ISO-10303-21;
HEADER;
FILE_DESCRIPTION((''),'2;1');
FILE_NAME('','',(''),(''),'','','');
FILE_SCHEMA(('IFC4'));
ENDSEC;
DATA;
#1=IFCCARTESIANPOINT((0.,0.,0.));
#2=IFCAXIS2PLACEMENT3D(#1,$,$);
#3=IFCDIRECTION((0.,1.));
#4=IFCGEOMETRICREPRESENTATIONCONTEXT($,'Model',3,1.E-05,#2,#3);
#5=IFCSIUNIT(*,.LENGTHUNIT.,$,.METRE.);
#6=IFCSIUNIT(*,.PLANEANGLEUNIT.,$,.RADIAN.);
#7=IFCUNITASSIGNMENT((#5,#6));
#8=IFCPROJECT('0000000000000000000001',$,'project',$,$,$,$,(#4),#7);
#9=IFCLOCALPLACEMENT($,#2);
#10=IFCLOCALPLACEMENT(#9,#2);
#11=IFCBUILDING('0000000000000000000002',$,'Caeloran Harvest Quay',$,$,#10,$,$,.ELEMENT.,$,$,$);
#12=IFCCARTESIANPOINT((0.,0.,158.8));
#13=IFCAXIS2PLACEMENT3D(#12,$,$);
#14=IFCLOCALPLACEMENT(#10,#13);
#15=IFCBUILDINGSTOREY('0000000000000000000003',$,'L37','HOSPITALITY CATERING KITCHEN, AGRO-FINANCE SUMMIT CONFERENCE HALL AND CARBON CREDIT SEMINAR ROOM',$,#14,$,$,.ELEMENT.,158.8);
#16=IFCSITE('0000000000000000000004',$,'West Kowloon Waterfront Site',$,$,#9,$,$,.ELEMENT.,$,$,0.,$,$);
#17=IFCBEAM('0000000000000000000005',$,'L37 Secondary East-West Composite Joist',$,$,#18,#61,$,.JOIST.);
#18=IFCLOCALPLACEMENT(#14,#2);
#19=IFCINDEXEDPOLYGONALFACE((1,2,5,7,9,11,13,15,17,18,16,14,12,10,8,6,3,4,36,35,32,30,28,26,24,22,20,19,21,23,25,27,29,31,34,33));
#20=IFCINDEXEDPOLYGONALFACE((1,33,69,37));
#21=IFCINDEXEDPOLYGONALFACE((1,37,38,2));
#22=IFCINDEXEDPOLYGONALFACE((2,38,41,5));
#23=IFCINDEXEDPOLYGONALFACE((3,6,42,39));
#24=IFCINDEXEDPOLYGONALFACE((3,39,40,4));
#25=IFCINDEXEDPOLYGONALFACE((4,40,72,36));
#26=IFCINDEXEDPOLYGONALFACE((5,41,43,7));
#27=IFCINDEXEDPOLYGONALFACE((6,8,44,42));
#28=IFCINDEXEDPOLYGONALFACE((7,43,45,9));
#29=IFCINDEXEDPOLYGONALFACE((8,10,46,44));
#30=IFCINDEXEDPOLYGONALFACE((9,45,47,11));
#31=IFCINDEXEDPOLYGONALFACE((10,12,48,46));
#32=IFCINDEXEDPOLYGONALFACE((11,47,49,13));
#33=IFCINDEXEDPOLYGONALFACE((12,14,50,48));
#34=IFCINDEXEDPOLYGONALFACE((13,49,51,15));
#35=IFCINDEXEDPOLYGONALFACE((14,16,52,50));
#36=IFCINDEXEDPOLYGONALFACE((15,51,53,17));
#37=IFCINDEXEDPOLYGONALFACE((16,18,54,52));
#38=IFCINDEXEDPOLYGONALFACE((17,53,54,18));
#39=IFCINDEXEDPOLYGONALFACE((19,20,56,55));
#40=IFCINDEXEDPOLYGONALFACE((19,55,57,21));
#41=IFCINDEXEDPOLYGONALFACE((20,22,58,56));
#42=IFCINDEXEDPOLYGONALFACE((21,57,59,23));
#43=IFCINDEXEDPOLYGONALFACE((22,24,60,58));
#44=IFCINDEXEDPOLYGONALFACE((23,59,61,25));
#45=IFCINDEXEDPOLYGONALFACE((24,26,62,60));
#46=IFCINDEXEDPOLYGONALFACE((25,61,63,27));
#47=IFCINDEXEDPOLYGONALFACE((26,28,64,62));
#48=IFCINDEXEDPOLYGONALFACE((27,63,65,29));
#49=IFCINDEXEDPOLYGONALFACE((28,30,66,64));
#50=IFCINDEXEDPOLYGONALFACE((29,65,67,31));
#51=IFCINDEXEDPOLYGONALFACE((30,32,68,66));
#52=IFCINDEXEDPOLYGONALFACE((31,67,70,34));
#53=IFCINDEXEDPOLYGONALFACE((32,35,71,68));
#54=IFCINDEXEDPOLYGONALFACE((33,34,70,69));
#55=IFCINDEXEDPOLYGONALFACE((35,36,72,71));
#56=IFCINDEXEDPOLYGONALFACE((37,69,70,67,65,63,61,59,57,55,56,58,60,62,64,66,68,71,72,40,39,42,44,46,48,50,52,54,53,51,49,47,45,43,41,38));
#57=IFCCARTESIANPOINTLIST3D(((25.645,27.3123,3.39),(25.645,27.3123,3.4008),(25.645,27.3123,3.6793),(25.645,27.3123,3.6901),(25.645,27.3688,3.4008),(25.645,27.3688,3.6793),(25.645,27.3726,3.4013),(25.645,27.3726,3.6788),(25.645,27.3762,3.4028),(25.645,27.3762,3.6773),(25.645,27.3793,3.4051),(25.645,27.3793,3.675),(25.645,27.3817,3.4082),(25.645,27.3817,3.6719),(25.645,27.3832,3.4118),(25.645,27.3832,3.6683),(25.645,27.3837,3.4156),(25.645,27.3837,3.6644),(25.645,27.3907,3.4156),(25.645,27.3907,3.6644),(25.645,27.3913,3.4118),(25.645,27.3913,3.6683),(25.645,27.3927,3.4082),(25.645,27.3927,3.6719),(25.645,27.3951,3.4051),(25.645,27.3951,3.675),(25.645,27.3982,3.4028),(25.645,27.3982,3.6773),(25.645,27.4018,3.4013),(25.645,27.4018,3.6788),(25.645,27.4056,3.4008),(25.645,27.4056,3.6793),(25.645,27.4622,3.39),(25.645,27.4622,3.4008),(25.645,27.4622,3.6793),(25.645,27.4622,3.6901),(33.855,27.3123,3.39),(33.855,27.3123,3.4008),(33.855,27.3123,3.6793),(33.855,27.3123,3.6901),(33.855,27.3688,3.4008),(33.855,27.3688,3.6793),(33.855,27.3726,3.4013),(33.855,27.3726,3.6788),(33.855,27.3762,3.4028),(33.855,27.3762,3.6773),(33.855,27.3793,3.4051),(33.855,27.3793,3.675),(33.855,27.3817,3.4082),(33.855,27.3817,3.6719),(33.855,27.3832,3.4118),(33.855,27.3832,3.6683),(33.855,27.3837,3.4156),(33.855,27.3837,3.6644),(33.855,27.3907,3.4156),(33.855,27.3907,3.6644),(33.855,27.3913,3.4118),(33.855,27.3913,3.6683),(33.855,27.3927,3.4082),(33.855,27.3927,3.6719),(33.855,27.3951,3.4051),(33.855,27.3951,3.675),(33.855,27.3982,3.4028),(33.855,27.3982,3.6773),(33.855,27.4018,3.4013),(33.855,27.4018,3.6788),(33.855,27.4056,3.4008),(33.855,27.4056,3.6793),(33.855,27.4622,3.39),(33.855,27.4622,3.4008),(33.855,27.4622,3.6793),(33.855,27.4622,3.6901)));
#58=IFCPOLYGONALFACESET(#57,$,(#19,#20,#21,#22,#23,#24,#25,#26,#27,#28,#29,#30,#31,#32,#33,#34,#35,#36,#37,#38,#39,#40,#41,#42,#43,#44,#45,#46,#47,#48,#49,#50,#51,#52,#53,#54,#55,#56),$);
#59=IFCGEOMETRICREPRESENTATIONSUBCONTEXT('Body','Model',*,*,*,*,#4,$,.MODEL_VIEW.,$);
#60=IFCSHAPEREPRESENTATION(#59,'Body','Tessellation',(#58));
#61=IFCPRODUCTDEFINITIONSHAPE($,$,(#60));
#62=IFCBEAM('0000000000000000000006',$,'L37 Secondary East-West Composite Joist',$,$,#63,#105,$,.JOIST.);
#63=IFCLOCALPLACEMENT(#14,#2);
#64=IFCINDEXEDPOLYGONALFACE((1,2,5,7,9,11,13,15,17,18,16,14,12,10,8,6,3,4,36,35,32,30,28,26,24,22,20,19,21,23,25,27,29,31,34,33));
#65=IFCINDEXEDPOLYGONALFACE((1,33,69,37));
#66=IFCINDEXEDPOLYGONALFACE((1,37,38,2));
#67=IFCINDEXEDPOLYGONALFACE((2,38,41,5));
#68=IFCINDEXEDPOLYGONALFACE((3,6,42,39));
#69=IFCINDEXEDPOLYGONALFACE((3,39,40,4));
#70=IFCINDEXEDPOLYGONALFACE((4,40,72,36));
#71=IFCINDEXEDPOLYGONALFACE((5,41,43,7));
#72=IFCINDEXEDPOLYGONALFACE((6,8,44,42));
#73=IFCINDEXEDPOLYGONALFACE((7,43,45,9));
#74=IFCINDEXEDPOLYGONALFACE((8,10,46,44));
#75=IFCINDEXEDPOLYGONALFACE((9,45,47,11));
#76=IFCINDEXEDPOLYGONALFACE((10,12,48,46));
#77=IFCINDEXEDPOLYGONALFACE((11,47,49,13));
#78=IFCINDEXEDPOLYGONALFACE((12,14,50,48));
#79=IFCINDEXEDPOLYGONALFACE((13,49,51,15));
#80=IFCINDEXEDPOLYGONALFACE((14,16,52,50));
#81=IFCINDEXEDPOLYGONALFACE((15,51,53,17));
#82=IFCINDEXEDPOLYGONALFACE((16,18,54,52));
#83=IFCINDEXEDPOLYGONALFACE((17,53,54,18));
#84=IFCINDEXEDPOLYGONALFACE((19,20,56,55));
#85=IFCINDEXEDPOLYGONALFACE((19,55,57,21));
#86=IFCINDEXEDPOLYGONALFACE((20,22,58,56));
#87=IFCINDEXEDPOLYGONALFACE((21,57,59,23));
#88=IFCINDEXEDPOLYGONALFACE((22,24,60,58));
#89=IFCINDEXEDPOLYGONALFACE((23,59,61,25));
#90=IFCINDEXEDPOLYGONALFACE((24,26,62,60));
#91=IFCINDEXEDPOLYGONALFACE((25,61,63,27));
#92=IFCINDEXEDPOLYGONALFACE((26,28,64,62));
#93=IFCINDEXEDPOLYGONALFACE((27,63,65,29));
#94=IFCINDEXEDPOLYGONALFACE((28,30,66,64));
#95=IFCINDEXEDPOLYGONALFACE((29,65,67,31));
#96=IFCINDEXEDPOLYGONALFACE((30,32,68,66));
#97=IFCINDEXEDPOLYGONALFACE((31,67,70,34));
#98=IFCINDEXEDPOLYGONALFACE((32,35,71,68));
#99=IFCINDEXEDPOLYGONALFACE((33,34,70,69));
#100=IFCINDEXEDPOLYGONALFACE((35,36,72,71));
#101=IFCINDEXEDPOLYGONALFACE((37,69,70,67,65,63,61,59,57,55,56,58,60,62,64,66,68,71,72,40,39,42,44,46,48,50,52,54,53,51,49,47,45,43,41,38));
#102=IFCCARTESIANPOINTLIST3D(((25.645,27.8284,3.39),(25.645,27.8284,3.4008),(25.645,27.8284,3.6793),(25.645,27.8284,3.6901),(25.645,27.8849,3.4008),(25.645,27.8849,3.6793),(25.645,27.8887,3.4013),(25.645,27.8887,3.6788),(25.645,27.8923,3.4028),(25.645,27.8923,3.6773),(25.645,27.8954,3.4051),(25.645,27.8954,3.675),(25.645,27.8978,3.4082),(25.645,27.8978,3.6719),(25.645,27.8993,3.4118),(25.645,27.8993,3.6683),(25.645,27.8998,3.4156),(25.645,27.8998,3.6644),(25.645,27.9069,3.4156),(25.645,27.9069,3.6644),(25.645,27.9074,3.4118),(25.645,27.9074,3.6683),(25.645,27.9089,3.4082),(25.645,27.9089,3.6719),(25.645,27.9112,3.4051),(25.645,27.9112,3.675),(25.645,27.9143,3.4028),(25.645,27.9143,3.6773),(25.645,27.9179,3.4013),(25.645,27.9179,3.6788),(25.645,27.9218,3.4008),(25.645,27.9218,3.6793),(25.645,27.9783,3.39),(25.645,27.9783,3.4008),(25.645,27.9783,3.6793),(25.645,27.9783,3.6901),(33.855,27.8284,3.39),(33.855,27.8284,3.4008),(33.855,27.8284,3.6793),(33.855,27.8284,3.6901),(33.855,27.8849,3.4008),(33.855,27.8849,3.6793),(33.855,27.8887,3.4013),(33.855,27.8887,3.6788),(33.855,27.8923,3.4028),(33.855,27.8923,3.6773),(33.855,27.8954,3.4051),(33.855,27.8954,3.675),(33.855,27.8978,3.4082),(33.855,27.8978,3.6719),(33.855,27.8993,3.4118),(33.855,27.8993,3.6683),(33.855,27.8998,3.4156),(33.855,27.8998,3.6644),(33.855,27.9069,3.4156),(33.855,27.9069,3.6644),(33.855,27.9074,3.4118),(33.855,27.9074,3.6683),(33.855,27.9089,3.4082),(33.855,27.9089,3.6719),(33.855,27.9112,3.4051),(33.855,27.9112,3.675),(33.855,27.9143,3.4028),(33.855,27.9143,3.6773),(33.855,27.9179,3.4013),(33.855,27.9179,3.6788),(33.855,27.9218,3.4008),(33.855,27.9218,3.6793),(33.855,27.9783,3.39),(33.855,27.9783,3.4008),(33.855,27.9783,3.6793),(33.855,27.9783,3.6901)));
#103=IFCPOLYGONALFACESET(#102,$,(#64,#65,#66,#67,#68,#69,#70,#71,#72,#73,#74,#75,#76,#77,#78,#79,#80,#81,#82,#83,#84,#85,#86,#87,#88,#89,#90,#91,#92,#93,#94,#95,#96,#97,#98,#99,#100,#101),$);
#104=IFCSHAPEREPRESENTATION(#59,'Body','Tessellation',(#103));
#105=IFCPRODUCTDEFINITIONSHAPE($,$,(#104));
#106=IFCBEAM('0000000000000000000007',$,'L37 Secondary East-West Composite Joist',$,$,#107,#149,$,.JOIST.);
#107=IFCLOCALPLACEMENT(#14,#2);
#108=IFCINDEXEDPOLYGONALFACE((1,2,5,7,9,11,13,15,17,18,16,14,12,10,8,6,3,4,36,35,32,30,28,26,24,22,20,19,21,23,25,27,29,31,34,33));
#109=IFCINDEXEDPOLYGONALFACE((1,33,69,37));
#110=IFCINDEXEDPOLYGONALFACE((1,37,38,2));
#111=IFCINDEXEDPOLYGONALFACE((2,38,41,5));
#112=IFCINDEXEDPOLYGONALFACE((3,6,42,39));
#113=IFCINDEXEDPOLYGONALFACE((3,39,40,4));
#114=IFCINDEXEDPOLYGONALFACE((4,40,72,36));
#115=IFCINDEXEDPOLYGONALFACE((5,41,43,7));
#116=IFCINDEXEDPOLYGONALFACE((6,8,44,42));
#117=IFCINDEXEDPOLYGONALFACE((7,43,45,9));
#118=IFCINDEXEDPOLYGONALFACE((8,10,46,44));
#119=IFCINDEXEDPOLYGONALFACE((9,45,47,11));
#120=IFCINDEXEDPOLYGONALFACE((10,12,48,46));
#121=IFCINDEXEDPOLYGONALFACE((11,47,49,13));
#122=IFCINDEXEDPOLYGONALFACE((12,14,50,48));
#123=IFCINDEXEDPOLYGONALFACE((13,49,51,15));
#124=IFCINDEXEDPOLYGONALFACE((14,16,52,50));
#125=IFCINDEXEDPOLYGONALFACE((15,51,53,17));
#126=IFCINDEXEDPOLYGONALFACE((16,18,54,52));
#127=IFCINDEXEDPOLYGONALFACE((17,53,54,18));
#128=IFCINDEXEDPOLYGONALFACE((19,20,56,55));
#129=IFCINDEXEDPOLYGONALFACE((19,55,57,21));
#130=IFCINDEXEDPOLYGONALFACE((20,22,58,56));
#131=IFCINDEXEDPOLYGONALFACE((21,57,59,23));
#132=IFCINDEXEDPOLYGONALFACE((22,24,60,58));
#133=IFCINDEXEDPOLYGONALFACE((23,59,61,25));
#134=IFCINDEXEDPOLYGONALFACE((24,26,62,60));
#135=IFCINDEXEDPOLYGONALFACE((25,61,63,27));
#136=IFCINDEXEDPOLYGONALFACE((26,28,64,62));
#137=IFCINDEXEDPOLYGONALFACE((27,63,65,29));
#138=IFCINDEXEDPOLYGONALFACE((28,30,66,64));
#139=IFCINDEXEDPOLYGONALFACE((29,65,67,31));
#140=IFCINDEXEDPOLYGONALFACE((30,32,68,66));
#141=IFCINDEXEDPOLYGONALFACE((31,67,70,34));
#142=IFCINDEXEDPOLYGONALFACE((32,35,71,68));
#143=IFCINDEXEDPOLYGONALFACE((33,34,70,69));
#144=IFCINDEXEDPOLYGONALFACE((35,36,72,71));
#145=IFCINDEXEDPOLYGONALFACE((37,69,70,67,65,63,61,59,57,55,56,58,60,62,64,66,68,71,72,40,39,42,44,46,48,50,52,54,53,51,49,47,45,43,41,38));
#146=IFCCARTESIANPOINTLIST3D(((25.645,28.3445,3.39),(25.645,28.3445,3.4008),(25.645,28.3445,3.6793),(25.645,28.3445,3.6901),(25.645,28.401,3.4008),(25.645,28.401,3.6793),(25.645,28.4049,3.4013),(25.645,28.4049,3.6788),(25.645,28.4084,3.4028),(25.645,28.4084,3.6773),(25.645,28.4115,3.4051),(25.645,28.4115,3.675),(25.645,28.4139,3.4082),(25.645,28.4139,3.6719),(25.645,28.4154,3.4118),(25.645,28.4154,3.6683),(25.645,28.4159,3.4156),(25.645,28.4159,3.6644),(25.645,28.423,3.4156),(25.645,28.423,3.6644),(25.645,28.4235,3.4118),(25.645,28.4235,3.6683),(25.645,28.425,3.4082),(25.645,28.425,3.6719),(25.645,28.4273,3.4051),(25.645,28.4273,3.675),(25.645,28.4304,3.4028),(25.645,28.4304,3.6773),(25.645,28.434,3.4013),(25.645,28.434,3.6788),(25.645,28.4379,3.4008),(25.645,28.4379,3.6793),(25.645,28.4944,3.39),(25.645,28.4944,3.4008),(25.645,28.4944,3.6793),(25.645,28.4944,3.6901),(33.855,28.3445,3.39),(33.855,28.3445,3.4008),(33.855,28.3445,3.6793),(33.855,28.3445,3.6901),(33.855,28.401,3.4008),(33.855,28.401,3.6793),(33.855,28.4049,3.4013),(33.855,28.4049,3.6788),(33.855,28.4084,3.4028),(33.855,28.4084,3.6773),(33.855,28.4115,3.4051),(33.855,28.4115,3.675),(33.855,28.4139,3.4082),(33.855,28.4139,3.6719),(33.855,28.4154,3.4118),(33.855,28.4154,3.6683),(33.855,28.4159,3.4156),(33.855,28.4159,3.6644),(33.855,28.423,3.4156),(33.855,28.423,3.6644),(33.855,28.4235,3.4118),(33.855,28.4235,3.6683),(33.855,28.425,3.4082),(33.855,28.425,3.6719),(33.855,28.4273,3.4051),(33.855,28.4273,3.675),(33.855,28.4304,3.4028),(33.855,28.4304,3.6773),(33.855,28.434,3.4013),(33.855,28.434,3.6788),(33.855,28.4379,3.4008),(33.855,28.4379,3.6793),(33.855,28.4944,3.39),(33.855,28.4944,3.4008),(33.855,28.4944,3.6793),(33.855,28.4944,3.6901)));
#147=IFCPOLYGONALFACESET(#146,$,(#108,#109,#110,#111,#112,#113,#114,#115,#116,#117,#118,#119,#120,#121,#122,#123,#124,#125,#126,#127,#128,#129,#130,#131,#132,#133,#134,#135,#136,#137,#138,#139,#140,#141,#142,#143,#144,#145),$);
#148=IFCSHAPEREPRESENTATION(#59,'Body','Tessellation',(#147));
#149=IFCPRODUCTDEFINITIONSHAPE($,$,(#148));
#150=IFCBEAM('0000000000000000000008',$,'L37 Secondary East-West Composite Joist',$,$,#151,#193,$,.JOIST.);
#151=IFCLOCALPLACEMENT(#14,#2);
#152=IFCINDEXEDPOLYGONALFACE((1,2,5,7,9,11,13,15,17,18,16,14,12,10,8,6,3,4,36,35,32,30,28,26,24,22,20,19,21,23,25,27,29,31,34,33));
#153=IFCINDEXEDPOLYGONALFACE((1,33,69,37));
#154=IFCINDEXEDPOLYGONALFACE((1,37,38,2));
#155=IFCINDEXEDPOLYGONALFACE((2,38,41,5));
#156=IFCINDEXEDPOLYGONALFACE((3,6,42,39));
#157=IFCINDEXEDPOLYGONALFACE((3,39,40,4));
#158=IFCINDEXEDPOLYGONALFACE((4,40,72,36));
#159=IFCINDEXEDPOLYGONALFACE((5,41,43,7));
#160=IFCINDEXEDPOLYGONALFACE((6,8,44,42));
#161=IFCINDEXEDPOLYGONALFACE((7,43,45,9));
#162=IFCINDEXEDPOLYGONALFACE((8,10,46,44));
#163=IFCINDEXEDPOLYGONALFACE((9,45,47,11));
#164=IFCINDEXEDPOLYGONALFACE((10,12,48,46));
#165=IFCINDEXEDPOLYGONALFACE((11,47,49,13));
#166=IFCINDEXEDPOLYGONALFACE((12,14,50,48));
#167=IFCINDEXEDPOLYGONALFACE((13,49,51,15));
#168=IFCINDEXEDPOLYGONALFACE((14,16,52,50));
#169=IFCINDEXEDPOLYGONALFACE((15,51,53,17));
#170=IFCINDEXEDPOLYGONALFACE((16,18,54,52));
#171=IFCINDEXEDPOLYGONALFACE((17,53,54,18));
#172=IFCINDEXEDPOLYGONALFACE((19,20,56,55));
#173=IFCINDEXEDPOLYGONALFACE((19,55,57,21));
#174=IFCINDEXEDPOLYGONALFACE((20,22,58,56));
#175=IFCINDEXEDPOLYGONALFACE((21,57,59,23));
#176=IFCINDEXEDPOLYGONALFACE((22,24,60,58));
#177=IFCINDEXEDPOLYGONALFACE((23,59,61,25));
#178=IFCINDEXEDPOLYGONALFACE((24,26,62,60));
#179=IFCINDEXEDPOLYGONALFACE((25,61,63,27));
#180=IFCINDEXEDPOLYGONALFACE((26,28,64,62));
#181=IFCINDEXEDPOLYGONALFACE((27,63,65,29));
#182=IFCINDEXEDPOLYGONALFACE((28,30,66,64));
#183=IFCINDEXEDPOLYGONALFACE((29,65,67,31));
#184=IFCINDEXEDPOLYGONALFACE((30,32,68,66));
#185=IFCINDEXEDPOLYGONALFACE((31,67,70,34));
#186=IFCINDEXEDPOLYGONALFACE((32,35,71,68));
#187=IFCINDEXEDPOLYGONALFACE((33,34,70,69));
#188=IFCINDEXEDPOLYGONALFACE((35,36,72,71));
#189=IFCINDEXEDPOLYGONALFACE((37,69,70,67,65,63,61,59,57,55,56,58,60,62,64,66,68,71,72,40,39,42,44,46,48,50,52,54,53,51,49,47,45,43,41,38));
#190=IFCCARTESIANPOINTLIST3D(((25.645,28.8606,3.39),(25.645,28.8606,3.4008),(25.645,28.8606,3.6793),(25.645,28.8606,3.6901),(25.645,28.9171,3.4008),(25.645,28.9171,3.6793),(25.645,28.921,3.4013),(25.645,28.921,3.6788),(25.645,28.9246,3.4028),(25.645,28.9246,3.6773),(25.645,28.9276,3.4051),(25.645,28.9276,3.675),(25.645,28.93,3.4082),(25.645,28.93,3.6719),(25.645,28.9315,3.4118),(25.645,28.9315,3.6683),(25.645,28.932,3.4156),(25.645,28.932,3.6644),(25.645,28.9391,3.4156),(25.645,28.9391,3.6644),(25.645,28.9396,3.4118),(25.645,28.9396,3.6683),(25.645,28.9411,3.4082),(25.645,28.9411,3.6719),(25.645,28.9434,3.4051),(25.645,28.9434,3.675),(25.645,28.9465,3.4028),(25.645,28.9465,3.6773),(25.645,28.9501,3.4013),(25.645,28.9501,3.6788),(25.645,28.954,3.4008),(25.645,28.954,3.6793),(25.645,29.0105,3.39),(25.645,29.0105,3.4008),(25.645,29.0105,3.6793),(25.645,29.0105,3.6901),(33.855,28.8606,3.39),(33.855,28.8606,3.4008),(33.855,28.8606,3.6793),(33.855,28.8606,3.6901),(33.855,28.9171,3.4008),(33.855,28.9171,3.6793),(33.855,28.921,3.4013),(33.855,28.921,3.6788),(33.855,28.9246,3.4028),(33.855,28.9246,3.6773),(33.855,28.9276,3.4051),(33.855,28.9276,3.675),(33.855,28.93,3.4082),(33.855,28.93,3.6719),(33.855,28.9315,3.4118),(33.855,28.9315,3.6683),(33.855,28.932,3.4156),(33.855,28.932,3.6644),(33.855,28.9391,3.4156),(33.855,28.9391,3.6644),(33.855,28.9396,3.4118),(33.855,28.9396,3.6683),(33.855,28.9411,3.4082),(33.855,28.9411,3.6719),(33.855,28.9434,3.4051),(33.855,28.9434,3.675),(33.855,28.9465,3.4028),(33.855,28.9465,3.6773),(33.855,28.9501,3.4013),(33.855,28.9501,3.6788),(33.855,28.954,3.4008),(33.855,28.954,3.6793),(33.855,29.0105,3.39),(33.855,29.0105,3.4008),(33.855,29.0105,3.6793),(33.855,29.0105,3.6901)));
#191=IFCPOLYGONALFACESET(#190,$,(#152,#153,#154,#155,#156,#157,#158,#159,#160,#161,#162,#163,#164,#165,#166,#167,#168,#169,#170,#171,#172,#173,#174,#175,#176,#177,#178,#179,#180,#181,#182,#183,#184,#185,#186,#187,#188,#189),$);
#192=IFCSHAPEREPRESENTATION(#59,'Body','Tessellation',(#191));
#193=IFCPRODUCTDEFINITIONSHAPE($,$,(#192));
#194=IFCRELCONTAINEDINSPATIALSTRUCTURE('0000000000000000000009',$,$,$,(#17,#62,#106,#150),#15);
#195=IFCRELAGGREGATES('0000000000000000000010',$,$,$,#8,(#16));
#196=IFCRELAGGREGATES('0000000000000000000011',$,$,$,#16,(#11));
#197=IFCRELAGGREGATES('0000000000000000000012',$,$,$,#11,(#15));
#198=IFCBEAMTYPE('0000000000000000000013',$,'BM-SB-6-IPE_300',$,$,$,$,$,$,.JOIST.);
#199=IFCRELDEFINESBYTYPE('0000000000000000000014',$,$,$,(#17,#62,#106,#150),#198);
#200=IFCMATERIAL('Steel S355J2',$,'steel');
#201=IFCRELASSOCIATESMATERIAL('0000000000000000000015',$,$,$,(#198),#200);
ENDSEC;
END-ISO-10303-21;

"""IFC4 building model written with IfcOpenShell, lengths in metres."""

from ifc_helpers import new_model, si_unit, direction, frame, origin, origin_2d, place, context, subcontext, project, spatial, i_section, extrude, material, material_profile, profile_set, type_object, element, save


model = new_model("IFC4")

# Units and contexts
model_context = context("Model", 3, precision=1e-05, world=origin(), true_north=direction((0.0, 1.0)))
body_context = subcontext(model_context, "Body", "Model", "MODEL_VIEW")
ifc_project = project(units=[si_unit("LENGTHUNIT", "METRE"), si_unit("PLANEANGLEUNIT", "RADIAN")], contexts=[model_context])

# Site, building, storey
site_placement = place(None, origin())
site = spatial("IfcSite", under=ifc_project, at=site_placement, Name="West Kowloon Waterfront Site", CompositionType="ELEMENT", RefElevation=0.0)
building_placement = place(site_placement, origin())
building = spatial("IfcBuilding", under=site, at=building_placement, Name="Caeloran Harvest Quay", CompositionType="ELEMENT")
storey_placement = place(building_placement, frame((0.0, 0.0, 158.8)))
storey = spatial("IfcBuildingStorey", under=building, at=storey_placement, Name="L37", Description="HOSPITALITY CATERING KITCHEN, AGRO-FINANCE SUMMIT CONFERENCE HALL AND CARBON CREDIT SEMINAR ROOM", CompositionType="ELEMENT", Elevation=158.8)

# Beams
ifc_material_1 = material(Name="Steel S355J2", Category="steel")
ifc_material_profile_1 = material_profile(ifc_material_1, i_section(OverallWidth=0.1499, OverallDepth=0.3, WebThickness=0.0071, FlangeThickness=0.0107, FilletRadius=0.0149, at=origin_2d()), Name="IPE 300")
ifc_profile_set_1 = profile_set([ifc_material_profile_1], Name="Steel S355J2")
beam_type_1 = type_object("IfcBeamType", Name="BM-SB-6-IPE_300", PredefinedType="JOIST", material=ifc_profile_set_1)
for number, where, z_axis, x_axis, name in (
    (1, (25.645, 27.3872, 3.54), (1.0, 0.0, 0.0), (0.0, 1.0, 0.0), "L37 Secondary East-West Composite Joist"),
    (2, (25.645, 27.9033, 3.54), (1.0, 0.0, 0.0), (0.0, 1.0, 0.0), "L37 Secondary East-West Composite Joist"),
    (3, (25.645, 28.4194, 3.54), (1.0, 0.0, 0.0), (0.0, 1.0, 0.0), "L37 Secondary East-West Composite Joist"),
    (4, (25.645, 28.9355, 3.54), (1.0, 0.0, 0.0), (0.0, 1.0, 0.0), "L37 Secondary East-West Composite Joist"),
):
    element("IfcBeam", number, at=place(storey_placement, frame(where, z_axis=z_axis, x_axis=x_axis)), inside=storey, type_object=beam_type_1, Name=name, PredefinedType="JOIST", context=body_context, shape_type="SweptSolid", body=[
        extrude(i_section(OverallWidth=0.1499, OverallDepth=0.3, WebThickness=0.0071, FlangeThickness=0.0107, FilletRadius=0.0149, at=origin_2d()), origin(), (0.0, 0.0, 1.0), 8.21),
    ])

save(model, "model.ifc")
